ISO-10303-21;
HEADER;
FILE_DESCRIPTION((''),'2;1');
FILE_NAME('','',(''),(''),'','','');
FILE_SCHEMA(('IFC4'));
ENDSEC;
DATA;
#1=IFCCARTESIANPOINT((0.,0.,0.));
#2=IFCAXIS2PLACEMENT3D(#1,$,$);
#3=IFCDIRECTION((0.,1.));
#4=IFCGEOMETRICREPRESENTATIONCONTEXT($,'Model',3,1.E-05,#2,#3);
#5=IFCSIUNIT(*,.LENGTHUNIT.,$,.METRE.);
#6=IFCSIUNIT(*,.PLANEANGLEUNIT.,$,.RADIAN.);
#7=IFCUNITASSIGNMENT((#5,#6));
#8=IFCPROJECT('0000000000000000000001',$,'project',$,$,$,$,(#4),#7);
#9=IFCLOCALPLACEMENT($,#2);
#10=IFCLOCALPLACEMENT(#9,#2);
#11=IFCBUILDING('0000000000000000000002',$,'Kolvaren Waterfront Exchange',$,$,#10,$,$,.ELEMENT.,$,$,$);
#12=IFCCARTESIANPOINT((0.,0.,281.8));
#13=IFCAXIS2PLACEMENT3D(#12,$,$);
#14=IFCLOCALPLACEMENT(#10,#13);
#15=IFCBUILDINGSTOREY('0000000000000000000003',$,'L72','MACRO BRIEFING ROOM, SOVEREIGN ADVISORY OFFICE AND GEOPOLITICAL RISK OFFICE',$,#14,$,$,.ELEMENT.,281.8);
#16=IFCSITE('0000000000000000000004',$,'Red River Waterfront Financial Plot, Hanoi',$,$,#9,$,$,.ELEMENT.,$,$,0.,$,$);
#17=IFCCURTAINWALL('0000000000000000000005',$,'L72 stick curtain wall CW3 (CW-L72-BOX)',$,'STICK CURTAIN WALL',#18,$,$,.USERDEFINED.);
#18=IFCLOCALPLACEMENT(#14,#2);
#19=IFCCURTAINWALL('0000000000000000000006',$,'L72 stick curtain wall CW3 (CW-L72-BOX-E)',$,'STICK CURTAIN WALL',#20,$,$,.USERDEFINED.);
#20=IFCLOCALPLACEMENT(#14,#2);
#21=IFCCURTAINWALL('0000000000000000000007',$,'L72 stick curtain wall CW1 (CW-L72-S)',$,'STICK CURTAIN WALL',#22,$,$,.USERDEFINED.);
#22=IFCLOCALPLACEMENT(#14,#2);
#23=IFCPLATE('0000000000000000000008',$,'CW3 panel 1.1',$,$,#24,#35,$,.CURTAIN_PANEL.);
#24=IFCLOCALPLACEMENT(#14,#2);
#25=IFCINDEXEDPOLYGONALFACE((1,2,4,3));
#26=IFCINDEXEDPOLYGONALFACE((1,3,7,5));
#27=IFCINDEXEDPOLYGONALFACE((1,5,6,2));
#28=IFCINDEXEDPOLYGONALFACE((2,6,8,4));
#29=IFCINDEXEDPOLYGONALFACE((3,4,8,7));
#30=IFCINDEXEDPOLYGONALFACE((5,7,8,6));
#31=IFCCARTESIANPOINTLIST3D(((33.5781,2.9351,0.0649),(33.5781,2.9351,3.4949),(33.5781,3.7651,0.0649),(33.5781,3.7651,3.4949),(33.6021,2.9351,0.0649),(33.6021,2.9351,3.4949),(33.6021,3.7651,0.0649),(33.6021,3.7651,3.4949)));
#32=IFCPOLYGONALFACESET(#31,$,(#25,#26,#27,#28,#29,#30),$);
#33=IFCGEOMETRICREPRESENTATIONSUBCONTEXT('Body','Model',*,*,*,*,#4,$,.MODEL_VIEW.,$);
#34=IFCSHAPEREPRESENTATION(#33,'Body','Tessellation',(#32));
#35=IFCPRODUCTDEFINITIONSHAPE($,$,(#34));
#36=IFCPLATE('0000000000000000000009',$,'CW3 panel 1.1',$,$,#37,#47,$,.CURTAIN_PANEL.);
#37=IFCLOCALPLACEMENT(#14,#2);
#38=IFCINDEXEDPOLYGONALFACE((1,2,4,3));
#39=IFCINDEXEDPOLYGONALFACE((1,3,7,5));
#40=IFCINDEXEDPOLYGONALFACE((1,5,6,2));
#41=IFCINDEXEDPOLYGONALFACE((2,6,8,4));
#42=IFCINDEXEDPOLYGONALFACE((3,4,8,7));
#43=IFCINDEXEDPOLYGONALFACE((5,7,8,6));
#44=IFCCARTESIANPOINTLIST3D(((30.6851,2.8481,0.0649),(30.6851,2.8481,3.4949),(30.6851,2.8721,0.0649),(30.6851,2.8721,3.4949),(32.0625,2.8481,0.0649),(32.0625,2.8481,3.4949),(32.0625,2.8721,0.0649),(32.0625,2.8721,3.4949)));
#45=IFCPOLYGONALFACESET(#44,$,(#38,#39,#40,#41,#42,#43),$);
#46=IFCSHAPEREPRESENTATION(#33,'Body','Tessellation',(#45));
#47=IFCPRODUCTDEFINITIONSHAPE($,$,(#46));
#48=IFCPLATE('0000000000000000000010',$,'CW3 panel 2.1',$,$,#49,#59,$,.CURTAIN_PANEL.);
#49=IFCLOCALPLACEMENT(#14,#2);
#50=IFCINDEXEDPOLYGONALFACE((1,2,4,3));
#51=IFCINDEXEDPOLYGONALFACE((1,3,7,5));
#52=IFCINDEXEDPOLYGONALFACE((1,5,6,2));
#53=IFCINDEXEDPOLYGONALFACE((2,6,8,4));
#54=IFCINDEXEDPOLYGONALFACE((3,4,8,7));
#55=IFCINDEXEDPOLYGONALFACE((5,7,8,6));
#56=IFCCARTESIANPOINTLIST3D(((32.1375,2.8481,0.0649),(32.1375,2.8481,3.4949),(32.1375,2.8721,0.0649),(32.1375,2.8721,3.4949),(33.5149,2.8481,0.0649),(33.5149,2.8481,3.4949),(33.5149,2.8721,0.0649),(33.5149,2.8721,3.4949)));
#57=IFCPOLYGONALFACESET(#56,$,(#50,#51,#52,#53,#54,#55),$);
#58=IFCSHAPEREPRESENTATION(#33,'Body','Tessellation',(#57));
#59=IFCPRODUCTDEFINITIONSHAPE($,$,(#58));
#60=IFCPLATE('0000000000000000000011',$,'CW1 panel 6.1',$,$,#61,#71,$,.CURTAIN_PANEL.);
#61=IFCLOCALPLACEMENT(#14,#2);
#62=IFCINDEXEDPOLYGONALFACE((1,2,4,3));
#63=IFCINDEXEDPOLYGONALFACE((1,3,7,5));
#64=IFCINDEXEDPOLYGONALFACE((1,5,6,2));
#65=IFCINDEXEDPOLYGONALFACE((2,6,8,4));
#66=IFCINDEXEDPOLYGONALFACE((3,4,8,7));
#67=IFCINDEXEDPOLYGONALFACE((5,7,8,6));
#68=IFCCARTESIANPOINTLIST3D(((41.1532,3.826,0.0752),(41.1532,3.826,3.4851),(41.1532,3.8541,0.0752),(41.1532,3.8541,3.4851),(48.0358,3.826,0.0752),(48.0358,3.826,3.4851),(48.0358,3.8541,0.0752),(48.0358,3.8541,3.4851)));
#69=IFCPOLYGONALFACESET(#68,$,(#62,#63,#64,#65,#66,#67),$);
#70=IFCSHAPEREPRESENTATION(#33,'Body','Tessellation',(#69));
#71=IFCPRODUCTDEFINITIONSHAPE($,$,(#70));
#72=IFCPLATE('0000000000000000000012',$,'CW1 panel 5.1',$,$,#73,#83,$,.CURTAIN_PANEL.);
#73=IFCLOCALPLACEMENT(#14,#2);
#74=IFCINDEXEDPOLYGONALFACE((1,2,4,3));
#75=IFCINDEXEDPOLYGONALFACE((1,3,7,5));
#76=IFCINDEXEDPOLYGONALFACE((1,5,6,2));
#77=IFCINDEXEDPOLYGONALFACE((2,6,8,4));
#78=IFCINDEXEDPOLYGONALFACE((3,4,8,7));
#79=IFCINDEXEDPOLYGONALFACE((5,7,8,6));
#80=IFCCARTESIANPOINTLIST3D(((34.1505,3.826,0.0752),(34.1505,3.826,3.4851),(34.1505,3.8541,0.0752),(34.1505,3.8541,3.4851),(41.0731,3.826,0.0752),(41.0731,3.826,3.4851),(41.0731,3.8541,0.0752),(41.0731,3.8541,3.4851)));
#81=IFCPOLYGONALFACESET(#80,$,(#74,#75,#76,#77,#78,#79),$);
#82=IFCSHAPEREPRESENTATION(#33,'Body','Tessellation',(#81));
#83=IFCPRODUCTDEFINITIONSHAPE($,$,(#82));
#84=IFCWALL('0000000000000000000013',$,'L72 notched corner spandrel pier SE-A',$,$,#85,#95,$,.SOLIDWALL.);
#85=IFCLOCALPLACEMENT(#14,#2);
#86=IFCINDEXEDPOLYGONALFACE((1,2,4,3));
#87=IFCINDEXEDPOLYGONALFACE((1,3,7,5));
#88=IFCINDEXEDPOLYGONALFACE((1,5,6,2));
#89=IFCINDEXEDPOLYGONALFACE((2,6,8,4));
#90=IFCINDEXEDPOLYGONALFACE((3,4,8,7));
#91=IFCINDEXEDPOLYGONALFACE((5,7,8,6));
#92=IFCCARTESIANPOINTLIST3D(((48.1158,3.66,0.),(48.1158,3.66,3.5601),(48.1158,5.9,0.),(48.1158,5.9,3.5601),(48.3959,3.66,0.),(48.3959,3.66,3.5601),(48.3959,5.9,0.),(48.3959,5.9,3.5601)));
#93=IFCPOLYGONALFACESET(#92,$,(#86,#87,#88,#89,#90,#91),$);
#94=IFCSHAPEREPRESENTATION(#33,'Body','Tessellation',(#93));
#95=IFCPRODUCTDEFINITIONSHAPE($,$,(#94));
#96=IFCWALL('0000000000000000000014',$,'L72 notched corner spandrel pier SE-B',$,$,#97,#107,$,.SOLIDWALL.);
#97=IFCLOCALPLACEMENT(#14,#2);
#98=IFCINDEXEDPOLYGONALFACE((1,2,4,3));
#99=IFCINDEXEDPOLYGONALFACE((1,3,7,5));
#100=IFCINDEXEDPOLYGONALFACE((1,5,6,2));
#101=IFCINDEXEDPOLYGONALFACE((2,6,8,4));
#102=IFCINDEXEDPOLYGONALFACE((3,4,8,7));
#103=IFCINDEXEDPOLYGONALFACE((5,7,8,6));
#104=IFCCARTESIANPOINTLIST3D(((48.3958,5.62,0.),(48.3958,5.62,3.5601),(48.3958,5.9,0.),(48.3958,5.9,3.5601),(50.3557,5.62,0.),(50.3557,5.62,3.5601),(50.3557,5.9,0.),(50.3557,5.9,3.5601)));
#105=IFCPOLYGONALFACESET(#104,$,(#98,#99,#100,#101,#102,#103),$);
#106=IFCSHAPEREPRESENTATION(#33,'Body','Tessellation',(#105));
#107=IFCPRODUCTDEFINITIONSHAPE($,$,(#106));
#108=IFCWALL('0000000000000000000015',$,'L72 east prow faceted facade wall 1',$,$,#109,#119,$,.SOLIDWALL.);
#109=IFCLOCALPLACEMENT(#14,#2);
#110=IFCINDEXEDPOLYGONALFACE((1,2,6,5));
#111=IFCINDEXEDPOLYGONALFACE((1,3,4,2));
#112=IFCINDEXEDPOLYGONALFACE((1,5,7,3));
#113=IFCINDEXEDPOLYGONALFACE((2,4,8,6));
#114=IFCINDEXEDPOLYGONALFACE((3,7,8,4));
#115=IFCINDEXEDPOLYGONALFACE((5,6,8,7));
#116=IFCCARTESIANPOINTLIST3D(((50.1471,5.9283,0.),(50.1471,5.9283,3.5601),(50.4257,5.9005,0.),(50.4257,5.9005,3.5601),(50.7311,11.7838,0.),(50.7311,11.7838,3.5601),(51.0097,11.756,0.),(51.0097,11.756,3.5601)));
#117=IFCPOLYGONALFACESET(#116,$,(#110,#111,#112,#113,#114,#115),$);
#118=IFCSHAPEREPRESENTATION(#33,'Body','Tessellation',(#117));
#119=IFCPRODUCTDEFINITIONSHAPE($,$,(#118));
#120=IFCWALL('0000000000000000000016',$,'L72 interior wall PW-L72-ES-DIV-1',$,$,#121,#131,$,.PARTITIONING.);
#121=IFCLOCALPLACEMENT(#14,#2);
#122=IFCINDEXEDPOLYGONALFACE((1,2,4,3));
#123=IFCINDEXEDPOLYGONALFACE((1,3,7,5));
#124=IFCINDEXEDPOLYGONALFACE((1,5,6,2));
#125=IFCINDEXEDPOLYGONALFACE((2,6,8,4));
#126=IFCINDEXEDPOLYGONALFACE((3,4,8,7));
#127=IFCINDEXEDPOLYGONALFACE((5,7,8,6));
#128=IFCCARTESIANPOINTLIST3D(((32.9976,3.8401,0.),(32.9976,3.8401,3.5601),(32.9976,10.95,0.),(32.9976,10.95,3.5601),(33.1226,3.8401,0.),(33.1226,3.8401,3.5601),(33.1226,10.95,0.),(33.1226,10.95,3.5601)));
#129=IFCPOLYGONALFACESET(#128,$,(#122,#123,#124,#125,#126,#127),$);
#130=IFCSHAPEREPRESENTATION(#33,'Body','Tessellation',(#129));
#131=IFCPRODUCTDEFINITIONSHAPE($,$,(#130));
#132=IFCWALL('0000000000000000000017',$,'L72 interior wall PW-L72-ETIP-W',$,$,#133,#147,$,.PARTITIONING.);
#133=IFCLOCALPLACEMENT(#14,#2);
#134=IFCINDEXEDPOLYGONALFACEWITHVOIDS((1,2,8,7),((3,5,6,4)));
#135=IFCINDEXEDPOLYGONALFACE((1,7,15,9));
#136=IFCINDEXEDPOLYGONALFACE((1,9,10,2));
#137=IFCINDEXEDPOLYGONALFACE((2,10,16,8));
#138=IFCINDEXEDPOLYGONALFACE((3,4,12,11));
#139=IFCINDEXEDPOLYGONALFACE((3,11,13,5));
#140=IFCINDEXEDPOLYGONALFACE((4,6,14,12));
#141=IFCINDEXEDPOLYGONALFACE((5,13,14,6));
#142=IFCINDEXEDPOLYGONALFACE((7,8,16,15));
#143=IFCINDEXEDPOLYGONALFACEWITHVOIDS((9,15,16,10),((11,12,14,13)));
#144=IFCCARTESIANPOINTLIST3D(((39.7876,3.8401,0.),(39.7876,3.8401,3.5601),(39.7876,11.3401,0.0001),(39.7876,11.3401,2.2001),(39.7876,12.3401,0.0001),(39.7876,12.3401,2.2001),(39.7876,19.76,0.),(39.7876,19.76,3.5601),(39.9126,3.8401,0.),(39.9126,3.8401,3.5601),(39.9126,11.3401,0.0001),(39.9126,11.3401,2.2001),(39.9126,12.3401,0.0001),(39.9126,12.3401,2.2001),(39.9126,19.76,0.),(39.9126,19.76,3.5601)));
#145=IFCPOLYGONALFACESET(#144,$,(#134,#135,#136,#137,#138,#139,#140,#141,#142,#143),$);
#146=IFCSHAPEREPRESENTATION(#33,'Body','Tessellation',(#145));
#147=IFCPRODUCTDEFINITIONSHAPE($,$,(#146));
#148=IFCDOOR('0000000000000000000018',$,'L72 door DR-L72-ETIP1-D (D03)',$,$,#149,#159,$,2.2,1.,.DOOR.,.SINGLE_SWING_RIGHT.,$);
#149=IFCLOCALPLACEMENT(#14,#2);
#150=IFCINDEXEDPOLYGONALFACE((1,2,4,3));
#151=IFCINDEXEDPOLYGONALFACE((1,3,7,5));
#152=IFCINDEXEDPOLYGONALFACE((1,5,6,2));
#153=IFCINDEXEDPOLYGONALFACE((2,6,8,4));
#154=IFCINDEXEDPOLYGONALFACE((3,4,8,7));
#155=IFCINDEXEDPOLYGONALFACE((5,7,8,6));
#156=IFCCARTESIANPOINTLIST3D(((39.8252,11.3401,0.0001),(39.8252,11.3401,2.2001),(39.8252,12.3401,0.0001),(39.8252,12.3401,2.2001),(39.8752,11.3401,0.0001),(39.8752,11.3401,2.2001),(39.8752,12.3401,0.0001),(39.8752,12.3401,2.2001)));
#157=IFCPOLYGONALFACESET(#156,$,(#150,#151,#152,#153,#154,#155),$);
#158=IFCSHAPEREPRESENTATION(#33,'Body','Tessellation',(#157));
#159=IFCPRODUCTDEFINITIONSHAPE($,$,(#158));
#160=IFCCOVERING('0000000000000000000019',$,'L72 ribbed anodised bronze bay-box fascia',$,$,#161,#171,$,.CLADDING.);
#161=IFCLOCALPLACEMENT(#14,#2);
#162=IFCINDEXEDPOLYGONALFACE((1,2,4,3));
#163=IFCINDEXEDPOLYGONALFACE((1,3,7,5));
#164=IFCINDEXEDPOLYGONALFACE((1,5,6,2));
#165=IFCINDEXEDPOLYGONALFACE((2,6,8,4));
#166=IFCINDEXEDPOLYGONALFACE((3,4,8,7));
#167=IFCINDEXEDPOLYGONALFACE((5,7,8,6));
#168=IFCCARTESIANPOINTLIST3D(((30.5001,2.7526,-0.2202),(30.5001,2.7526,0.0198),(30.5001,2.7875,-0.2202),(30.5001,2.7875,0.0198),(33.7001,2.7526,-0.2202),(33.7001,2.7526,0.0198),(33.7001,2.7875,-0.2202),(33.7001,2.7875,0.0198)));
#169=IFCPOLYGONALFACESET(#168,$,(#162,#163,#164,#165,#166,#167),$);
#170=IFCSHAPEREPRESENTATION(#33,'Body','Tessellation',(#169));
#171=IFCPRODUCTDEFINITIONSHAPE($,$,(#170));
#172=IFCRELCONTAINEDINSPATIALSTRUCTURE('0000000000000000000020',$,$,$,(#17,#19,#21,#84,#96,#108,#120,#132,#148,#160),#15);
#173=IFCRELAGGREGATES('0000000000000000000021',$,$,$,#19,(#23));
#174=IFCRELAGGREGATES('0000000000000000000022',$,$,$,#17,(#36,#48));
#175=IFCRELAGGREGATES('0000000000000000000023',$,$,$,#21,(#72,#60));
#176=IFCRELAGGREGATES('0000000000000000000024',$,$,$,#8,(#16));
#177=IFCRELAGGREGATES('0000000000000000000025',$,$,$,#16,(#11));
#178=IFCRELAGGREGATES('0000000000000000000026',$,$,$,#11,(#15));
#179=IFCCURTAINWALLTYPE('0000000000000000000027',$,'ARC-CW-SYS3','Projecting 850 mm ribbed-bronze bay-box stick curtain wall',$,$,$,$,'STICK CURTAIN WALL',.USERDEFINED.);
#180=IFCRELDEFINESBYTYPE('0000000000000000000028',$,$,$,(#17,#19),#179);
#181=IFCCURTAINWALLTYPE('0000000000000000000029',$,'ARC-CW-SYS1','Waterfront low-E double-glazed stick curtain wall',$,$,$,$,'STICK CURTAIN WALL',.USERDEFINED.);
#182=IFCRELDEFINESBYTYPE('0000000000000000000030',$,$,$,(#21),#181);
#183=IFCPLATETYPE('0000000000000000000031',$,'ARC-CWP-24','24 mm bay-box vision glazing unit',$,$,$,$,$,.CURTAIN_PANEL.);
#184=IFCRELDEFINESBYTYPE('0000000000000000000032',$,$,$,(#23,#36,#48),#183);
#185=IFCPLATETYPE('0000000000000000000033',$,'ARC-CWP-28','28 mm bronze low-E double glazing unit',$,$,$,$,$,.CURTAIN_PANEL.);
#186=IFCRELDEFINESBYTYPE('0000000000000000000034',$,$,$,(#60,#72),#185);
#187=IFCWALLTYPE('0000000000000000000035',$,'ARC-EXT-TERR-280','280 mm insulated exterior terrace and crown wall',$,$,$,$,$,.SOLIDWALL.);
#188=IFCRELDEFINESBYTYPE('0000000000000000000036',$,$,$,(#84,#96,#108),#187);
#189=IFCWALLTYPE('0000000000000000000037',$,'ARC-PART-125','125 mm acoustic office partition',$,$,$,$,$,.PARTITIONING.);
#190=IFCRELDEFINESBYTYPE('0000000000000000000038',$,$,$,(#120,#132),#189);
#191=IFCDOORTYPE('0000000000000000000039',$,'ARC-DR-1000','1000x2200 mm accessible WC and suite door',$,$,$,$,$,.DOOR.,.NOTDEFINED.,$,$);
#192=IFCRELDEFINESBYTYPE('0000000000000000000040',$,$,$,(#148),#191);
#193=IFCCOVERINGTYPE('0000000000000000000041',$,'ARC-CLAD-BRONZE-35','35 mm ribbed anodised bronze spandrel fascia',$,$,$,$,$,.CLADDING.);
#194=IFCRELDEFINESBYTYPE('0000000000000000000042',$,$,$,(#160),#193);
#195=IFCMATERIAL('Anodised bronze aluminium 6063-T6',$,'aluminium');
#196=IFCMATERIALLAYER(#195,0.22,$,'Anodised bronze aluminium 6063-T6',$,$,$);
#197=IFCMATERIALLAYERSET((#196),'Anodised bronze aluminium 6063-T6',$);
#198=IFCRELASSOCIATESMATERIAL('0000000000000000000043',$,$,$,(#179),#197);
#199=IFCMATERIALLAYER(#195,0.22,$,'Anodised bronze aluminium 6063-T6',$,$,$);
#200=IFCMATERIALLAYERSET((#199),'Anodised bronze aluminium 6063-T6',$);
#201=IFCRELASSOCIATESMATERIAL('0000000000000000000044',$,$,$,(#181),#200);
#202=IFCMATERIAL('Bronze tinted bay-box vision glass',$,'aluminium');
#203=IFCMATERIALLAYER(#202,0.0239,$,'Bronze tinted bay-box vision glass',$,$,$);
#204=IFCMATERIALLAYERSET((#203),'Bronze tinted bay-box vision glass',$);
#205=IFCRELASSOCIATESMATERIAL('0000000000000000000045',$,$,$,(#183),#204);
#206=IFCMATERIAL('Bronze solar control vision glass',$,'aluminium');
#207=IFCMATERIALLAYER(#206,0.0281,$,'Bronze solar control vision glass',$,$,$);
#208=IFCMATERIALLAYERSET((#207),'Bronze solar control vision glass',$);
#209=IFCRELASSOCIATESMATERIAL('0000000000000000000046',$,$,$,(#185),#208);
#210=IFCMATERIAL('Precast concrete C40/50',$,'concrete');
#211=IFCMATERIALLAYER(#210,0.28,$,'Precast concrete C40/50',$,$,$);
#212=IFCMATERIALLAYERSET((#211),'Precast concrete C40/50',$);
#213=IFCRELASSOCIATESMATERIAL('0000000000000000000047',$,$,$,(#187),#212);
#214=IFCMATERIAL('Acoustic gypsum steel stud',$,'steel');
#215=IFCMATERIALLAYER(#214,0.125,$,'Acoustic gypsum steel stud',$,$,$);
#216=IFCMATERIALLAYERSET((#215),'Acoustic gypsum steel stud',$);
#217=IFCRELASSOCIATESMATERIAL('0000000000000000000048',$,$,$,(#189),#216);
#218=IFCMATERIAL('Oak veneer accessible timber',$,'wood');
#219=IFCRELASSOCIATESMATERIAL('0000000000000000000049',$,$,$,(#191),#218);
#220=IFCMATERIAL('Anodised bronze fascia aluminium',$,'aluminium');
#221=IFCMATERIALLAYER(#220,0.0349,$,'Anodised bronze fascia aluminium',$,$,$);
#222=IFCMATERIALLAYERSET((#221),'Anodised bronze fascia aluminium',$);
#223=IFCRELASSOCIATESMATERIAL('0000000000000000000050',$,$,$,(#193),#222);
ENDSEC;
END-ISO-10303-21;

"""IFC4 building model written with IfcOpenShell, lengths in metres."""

from ifc_helpers import new_model, si_unit, direction, frame, frame_2d, origin, origin_with_axes, origin_2d, place, context, subcontext, project, spatial, rectangle, extrude, source, transform, mapped, material, layer, layer_set, type_object, element, fill, aggregate, save


model = new_model("IFC4")

# Units and contexts
model_context = context("Model", 3, precision=1e-05, world=origin(), true_north=direction((0.0, 1.0)))
body_context = subcontext(model_context, "Body", "Model", "MODEL_VIEW")
ifc_project = project(units=[si_unit("LENGTHUNIT", "METRE"), si_unit("PLANEANGLEUNIT", "RADIAN")], contexts=[model_context])

# Site, building, storey
site_placement = place(None, origin())
site = spatial("IfcSite", under=ifc_project, at=site_placement, Name="Red River Waterfront Financial Plot, Hanoi", CompositionType="ELEMENT", RefElevation=0.0)
building_placement = place(site_placement, origin())
building = spatial("IfcBuilding", under=site, at=building_placement, Name="Kolvaren Waterfront Exchange", CompositionType="ELEMENT")
storey_placement = place(building_placement, frame((0.0, 0.0, 281.8)))
storey = spatial("IfcBuildingStorey", under=building, at=storey_placement, Name="L72", Description="MACRO BRIEFING ROOM, SOVEREIGN ADVISORY OFFICE AND GEOPOLITICAL RISK OFFICE", CompositionType="ELEMENT", Elevation=281.8)

# Curtain walls
ifc_material_1 = material(Name="Anodised bronze aluminium 6063-T6", Category="aluminium")
ifc_layer_1 = layer(ifc_material_1, 0.22, Name="Anodised bronze aluminium 6063-T6")
ifc_layer_set_1 = layer_set([ifc_layer_1], Name="Anodised bronze aluminium 6063-T6")
curtain_wall_type_1 = type_object("IfcCurtainWallType", Name="ARC-CW-SYS3", Description="Projecting 850 mm ribbed-bronze bay-box stick curtain wall", ElementType="STICK CURTAIN WALL", PredefinedType="USERDEFINED", material=ifc_layer_set_1)
curtain_wall_1_placement = place(storey_placement, origin())
curtain_wall_1 = element("IfcCurtainWall", 1, at=curtain_wall_1_placement, inside=storey, type_object=curtain_wall_type_1, Name="L72 stick curtain wall CW3 (CW-L72-BOX)", ObjectType="STICK CURTAIN WALL", PredefinedType="USERDEFINED")
curtain_wall_2_placement = place(storey_placement, origin())
curtain_wall_2 = element("IfcCurtainWall", 2, at=curtain_wall_2_placement, inside=storey, type_object=curtain_wall_type_1, Name="L72 stick curtain wall CW3 (CW-L72-BOX-E)", ObjectType="STICK CURTAIN WALL", PredefinedType="USERDEFINED")

# Curtain wall
ifc_layer_2 = layer(ifc_material_1, 0.22, Name="Anodised bronze aluminium 6063-T6")
ifc_layer_set_2 = layer_set([ifc_layer_2], Name="Anodised bronze aluminium 6063-T6")
curtain_wall_type_2 = type_object("IfcCurtainWallType", Name="ARC-CW-SYS1", Description="Waterfront low-E double-glazed stick curtain wall", ElementType="STICK CURTAIN WALL", PredefinedType="USERDEFINED", material=ifc_layer_set_2)
curtain_wall_3_placement = place(storey_placement, origin())
curtain_wall_3 = element("IfcCurtainWall", 3, at=curtain_wall_3_placement, inside=storey, type_object=curtain_wall_type_2, Name="L72 stick curtain wall CW1 (CW-L72-S)", ObjectType="STICK CURTAIN WALL", PredefinedType="USERDEFINED")

# Plates
ifc_material_2 = material(Name="Bronze tinted bay-box vision glass", Category="aluminium")
ifc_layer_3 = layer(ifc_material_2, 0.0239, Name="Bronze tinted bay-box vision glass")
ifc_layer_set_3 = layer_set([ifc_layer_3], Name="Bronze tinted bay-box vision glass")
plate_type_1 = type_object("IfcPlateType", Name="ARC-CWP-24", Description="24 mm bay-box vision glazing unit", PredefinedType="CURTAIN_PANEL", material=ifc_layer_set_3)
shared_shape_1 = source(origin_with_axes(), body_context, "Body", "SweptSolid", [
    extrude(rectangle(XDim=0.8301, YDim=0.0239, at=origin_2d()), origin(), (0.0, 0.0, 1.0), 3.4299),
])
plate_1_placement = place(storey_placement, frame((33.5901, 3.3501, 0.0649), z_axis=(0.0, 0.0, 1.0), x_axis=(0.0, 1.0, 0.0)))
plate_1 = element("IfcPlate", 4, at=plate_1_placement, type_object=plate_type_1, Name="CW3 panel 1.1", PredefinedType="CURTAIN_PANEL", context=body_context, shape_type="MappedRepresentation", body=[
    mapped(shared_shape_1, transform((0.0, 0.0, 0.0), x_axis=(1.0, 0.0, 0.0), y_axis=(0.0, 1.0, 0.0), z_axis=(0.0, 0.0, 1.0), scale=1.0)),
])
aggregate(curtain_wall_2, [plate_1])
shared_shape_2 = source(origin_with_axes(), body_context, "Body", "SweptSolid", [
    extrude(rectangle(XDim=1.3774, YDim=0.0239, at=origin_2d()), origin(), (0.0, 0.0, 1.0), 3.4299),
])
plate_2_placement = place(storey_placement, frame((31.3738, 2.8601, 0.0649), z_axis=(0.0, 0.0, 1.0), x_axis=(1.0, 0.0, 0.0)))
plate_2 = element("IfcPlate", 5, at=plate_2_placement, type_object=plate_type_1, Name="CW3 panel 1.1", PredefinedType="CURTAIN_PANEL", context=body_context, shape_type="MappedRepresentation", body=[
    mapped(shared_shape_2, transform((0.0, 0.0, 0.0), x_axis=(1.0, 0.0, 0.0), y_axis=(0.0, 1.0, 0.0), z_axis=(0.0, 0.0, 1.0), scale=1.0)),
])
plate_3_placement = place(storey_placement, frame((32.8262, 2.8601, 0.0649), z_axis=(0.0, 0.0, 1.0), x_axis=(1.0, 0.0, 0.0)))
plate_3 = element("IfcPlate", 6, at=plate_3_placement, type_object=plate_type_1, Name="CW3 panel 2.1", PredefinedType="CURTAIN_PANEL", context=body_context, shape_type="MappedRepresentation", body=[
    mapped(shared_shape_2, transform((0.0, 0.0, 0.0), x_axis=(1.0, 0.0, 0.0), y_axis=(0.0, 1.0, 0.0), z_axis=(0.0, 0.0, 1.0), scale=1.0)),
])
aggregate(curtain_wall_1, [plate_2, plate_3])
ifc_material_3 = material(Name="Bronze solar control vision glass", Category="aluminium")
ifc_layer_4 = layer(ifc_material_3, 0.0281, Name="Bronze solar control vision glass")
ifc_layer_set_4 = layer_set([ifc_layer_4], Name="Bronze solar control vision glass")
plate_type_2 = type_object("IfcPlateType", Name="ARC-CWP-28", Description="28 mm bronze low-E double glazing unit", PredefinedType="CURTAIN_PANEL", material=ifc_layer_set_4)
shared_shape_3 = source(origin_with_axes(), body_context, "Body", "SweptSolid", [
    extrude(rectangle(XDim=6.8826, YDim=0.0281, at=origin_2d()), origin(), (0.0, 0.0, 1.0), 3.4099),
])
plate_4_placement = place(storey_placement, frame((44.5945, 3.8401, 0.0752), z_axis=(0.0, 0.0, 1.0), x_axis=(1.0, 0.0, 0.0)))
plate_4 = element("IfcPlate", 7, at=plate_4_placement, type_object=plate_type_2, Name="CW1 panel 6.1", PredefinedType="CURTAIN_PANEL", context=body_context, shape_type="MappedRepresentation", body=[
    mapped(shared_shape_3, transform((0.0, 0.0, 0.0), x_axis=(1.0, 0.0, 0.0), y_axis=(0.0, 1.0, 0.0), z_axis=(0.0, 0.0, 1.0), scale=1.0)),
])
shared_shape_4 = source(origin_with_axes(), body_context, "Body", "SweptSolid", [
    extrude(rectangle(XDim=6.9226, YDim=0.0281, at=origin_2d()), origin(), (0.0, 0.0, 1.0), 3.4099),
])
plate_5_placement = place(storey_placement, frame((37.6118, 3.8401, 0.0752), z_axis=(0.0, 0.0, 1.0), x_axis=(1.0, 0.0, 0.0)))
plate_5 = element("IfcPlate", 8, at=plate_5_placement, type_object=plate_type_2, Name="CW1 panel 5.1", PredefinedType="CURTAIN_PANEL", context=body_context, shape_type="MappedRepresentation", body=[
    mapped(shared_shape_4, transform((0.0, 0.0, 0.0), x_axis=(1.0, 0.0, 0.0), y_axis=(0.0, 1.0, 0.0), z_axis=(0.0, 0.0, 1.0), scale=1.0)),
])
aggregate(curtain_wall_3, [plate_5, plate_4])

# Walls
ifc_material_4 = material(Name="Precast concrete C40/50", Category="concrete")
ifc_layer_5 = layer(ifc_material_4, 0.28, Name="Precast concrete C40/50")
ifc_layer_set_5 = layer_set([ifc_layer_5], Name="Precast concrete C40/50")
wall_type_1 = type_object("IfcWallType", Name="ARC-EXT-TERR-280", Description="280 mm insulated exterior terrace and crown wall", PredefinedType="SOLIDWALL", material=ifc_layer_set_5)
wall_1_placement = place(storey_placement, frame((48.2559, 3.6599, 0.0), z_axis=(0.0, 0.0, 1.0), x_axis=(0.0, 1.0, 0.0)))
element("IfcWall", 9, at=wall_1_placement, inside=storey, type_object=wall_type_1, Name="L72 notched corner spandrel pier SE-A", PredefinedType="SOLIDWALL", context=body_context, shape_type="SweptSolid", body=[
    extrude(rectangle(XDim=2.24, YDim=0.28, at=frame_2d((1.1201, 0.0))), origin(), (0.0, 0.0, 1.0), 3.5601),
])
wall_2_placement = place(storey_placement, frame((48.3958, 5.76, 0.0), z_axis=(0.0, 0.0, 1.0), x_axis=(1.0, 0.0, 0.0)))
element("IfcWall", 10, at=wall_2_placement, inside=storey, type_object=wall_type_1, Name="L72 notched corner spandrel pier SE-B", PredefinedType="SOLIDWALL", context=body_context, shape_type="SweptSolid", body=[
    extrude(rectangle(XDim=1.96, YDim=0.28, at=frame_2d((0.98, 0.0))), origin(), (0.0, 0.0, 1.0), 3.5601),
])
wall_3_placement = place(storey_placement, frame((50.2864, 5.9143, 0.0), z_axis=(0.0, 0.0, 1.0), x_axis=(0.099241, 0.995063, 0.0)))
element("IfcWall", 11, at=wall_3_placement, inside=storey, type_object=wall_type_1, Name="L72 east prow faceted facade wall 1", PredefinedType="SOLIDWALL", context=body_context, shape_type="SweptSolid", body=[
    extrude(rectangle(XDim=5.8845, YDim=0.28, at=frame_2d((2.9424, 0.0))), origin(), (0.0, 0.0, 1.0), 3.5601),
])
ifc_material_5 = material(Name="Acoustic gypsum steel stud", Category="steel")
ifc_layer_6 = layer(ifc_material_5, 0.125, Name="Acoustic gypsum steel stud")
ifc_layer_set_6 = layer_set([ifc_layer_6], Name="Acoustic gypsum steel stud")
wall_type_2 = type_object("IfcWallType", Name="ARC-PART-125", Description="125 mm acoustic office partition", PredefinedType="PARTITIONING", material=ifc_layer_set_6)
wall_4_placement = place(storey_placement, frame((33.0601, 3.8401, 0.0), z_axis=(0.0, 0.0, 1.0), x_axis=(0.0, 1.0, 0.0)))
element("IfcWall", 12, at=wall_4_placement, inside=storey, type_object=wall_type_2, Name="L72 interior wall PW-L72-ES-DIV-1", PredefinedType="PARTITIONING", context=body_context, shape_type="SweptSolid", body=[
    extrude(rectangle(XDim=7.1099, YDim=0.125, at=frame_2d((3.5549, 0.0))), origin(), (0.0, 0.0, 1.0), 3.5601),
])

# Wall, opening, door
wall_5_placement = place(storey_placement, frame((39.8501, 3.8401, 0.0), z_axis=(0.0, 0.0, 1.0), x_axis=(0.0, 1.0, 0.0)))
wall_5 = element("IfcWall", 13, at=wall_5_placement, inside=storey, type_object=wall_type_2, Name="L72 interior wall PW-L72-ETIP-W", PredefinedType="PARTITIONING", context=body_context, shape_type="SweptSolid", body=[
    extrude(rectangle(XDim=15.9199, YDim=0.125, at=frame_2d((7.96, 0.0))), origin(), (0.0, 0.0, 1.0), 3.5601),
])
opening_placement = place(wall_5_placement, frame((7.5, 0.0, 0.0)))
opening = element("IfcOpeningElement", 14, at=opening_placement, cuts=wall_5, PredefinedType="OPENING", context=body_context, shape_type="SweptSolid", body=[
    extrude(rectangle(XDim=1.0, YDim=2.2, at=frame_2d((0.5, 1.1001))), frame((0.0, 0.0725, 0.0), z_axis=(0.0, -1.0, 0.0), x_axis=(1.0, 0.0, 0.0)), (0.0, 0.0, 1.0), 0.145),
])
ifc_material_6 = material(Name="Oak veneer accessible timber", Category="wood")
door_type = type_object("IfcDoorType", Name="ARC-DR-1000", Description="1000x2200 mm accessible WC and suite door", OperationType="NOTDEFINED", PredefinedType="DOOR", material=ifc_material_6)
door_placement = place(opening_placement, origin())
door = element("IfcDoor", 15, at=door_placement, inside=storey, type_object=door_type, Name="L72 door DR-L72-ETIP1-D (D03)", OperationType="SINGLE_SWING_RIGHT", OverallHeight=2.2, OverallWidth=1.0, PredefinedType="DOOR", context=body_context, shape_type="SweptSolid", body=[
    extrude(rectangle(XDim=1.0, YDim=2.2, at=frame_2d((0.5, 1.1001))), frame((0.0, 0.0249, 0.0), z_axis=(0.0, -1.0, 0.0), x_axis=(1.0, 0.0, 0.0)), (0.0, 0.0, 1.0), 0.05),
])
fill(opening, door)

# Covering
ifc_material_7 = material(Name="Anodised bronze fascia aluminium", Category="aluminium")
ifc_layer_7 = layer(ifc_material_7, 0.0349, Name="Anodised bronze fascia aluminium")
ifc_layer_set_7 = layer_set([ifc_layer_7], Name="Anodised bronze fascia aluminium")
covering_type = type_object("IfcCoveringType", Name="ARC-CLAD-BRONZE-35", Description="35 mm ribbed anodised bronze spandrel fascia", PredefinedType="CLADDING", material=ifc_layer_set_7)
covering_placement = place(storey_placement, frame((32.1001, 2.77, -0.2202), z_axis=(0.0, 0.0, 1.0), x_axis=(1.0, 0.0, 0.0)))
element("IfcCovering", 16, at=covering_placement, inside=storey, type_object=covering_type, Name="L72 ribbed anodised bronze bay-box fascia", PredefinedType="CLADDING", context=body_context, shape_type="SweptSolid", body=[
    extrude(rectangle(XDim=3.2, YDim=0.0349, at=origin_2d()), origin(), (0.0, 0.0, 1.0), 0.24),
])

save(model, "model.ifc")
